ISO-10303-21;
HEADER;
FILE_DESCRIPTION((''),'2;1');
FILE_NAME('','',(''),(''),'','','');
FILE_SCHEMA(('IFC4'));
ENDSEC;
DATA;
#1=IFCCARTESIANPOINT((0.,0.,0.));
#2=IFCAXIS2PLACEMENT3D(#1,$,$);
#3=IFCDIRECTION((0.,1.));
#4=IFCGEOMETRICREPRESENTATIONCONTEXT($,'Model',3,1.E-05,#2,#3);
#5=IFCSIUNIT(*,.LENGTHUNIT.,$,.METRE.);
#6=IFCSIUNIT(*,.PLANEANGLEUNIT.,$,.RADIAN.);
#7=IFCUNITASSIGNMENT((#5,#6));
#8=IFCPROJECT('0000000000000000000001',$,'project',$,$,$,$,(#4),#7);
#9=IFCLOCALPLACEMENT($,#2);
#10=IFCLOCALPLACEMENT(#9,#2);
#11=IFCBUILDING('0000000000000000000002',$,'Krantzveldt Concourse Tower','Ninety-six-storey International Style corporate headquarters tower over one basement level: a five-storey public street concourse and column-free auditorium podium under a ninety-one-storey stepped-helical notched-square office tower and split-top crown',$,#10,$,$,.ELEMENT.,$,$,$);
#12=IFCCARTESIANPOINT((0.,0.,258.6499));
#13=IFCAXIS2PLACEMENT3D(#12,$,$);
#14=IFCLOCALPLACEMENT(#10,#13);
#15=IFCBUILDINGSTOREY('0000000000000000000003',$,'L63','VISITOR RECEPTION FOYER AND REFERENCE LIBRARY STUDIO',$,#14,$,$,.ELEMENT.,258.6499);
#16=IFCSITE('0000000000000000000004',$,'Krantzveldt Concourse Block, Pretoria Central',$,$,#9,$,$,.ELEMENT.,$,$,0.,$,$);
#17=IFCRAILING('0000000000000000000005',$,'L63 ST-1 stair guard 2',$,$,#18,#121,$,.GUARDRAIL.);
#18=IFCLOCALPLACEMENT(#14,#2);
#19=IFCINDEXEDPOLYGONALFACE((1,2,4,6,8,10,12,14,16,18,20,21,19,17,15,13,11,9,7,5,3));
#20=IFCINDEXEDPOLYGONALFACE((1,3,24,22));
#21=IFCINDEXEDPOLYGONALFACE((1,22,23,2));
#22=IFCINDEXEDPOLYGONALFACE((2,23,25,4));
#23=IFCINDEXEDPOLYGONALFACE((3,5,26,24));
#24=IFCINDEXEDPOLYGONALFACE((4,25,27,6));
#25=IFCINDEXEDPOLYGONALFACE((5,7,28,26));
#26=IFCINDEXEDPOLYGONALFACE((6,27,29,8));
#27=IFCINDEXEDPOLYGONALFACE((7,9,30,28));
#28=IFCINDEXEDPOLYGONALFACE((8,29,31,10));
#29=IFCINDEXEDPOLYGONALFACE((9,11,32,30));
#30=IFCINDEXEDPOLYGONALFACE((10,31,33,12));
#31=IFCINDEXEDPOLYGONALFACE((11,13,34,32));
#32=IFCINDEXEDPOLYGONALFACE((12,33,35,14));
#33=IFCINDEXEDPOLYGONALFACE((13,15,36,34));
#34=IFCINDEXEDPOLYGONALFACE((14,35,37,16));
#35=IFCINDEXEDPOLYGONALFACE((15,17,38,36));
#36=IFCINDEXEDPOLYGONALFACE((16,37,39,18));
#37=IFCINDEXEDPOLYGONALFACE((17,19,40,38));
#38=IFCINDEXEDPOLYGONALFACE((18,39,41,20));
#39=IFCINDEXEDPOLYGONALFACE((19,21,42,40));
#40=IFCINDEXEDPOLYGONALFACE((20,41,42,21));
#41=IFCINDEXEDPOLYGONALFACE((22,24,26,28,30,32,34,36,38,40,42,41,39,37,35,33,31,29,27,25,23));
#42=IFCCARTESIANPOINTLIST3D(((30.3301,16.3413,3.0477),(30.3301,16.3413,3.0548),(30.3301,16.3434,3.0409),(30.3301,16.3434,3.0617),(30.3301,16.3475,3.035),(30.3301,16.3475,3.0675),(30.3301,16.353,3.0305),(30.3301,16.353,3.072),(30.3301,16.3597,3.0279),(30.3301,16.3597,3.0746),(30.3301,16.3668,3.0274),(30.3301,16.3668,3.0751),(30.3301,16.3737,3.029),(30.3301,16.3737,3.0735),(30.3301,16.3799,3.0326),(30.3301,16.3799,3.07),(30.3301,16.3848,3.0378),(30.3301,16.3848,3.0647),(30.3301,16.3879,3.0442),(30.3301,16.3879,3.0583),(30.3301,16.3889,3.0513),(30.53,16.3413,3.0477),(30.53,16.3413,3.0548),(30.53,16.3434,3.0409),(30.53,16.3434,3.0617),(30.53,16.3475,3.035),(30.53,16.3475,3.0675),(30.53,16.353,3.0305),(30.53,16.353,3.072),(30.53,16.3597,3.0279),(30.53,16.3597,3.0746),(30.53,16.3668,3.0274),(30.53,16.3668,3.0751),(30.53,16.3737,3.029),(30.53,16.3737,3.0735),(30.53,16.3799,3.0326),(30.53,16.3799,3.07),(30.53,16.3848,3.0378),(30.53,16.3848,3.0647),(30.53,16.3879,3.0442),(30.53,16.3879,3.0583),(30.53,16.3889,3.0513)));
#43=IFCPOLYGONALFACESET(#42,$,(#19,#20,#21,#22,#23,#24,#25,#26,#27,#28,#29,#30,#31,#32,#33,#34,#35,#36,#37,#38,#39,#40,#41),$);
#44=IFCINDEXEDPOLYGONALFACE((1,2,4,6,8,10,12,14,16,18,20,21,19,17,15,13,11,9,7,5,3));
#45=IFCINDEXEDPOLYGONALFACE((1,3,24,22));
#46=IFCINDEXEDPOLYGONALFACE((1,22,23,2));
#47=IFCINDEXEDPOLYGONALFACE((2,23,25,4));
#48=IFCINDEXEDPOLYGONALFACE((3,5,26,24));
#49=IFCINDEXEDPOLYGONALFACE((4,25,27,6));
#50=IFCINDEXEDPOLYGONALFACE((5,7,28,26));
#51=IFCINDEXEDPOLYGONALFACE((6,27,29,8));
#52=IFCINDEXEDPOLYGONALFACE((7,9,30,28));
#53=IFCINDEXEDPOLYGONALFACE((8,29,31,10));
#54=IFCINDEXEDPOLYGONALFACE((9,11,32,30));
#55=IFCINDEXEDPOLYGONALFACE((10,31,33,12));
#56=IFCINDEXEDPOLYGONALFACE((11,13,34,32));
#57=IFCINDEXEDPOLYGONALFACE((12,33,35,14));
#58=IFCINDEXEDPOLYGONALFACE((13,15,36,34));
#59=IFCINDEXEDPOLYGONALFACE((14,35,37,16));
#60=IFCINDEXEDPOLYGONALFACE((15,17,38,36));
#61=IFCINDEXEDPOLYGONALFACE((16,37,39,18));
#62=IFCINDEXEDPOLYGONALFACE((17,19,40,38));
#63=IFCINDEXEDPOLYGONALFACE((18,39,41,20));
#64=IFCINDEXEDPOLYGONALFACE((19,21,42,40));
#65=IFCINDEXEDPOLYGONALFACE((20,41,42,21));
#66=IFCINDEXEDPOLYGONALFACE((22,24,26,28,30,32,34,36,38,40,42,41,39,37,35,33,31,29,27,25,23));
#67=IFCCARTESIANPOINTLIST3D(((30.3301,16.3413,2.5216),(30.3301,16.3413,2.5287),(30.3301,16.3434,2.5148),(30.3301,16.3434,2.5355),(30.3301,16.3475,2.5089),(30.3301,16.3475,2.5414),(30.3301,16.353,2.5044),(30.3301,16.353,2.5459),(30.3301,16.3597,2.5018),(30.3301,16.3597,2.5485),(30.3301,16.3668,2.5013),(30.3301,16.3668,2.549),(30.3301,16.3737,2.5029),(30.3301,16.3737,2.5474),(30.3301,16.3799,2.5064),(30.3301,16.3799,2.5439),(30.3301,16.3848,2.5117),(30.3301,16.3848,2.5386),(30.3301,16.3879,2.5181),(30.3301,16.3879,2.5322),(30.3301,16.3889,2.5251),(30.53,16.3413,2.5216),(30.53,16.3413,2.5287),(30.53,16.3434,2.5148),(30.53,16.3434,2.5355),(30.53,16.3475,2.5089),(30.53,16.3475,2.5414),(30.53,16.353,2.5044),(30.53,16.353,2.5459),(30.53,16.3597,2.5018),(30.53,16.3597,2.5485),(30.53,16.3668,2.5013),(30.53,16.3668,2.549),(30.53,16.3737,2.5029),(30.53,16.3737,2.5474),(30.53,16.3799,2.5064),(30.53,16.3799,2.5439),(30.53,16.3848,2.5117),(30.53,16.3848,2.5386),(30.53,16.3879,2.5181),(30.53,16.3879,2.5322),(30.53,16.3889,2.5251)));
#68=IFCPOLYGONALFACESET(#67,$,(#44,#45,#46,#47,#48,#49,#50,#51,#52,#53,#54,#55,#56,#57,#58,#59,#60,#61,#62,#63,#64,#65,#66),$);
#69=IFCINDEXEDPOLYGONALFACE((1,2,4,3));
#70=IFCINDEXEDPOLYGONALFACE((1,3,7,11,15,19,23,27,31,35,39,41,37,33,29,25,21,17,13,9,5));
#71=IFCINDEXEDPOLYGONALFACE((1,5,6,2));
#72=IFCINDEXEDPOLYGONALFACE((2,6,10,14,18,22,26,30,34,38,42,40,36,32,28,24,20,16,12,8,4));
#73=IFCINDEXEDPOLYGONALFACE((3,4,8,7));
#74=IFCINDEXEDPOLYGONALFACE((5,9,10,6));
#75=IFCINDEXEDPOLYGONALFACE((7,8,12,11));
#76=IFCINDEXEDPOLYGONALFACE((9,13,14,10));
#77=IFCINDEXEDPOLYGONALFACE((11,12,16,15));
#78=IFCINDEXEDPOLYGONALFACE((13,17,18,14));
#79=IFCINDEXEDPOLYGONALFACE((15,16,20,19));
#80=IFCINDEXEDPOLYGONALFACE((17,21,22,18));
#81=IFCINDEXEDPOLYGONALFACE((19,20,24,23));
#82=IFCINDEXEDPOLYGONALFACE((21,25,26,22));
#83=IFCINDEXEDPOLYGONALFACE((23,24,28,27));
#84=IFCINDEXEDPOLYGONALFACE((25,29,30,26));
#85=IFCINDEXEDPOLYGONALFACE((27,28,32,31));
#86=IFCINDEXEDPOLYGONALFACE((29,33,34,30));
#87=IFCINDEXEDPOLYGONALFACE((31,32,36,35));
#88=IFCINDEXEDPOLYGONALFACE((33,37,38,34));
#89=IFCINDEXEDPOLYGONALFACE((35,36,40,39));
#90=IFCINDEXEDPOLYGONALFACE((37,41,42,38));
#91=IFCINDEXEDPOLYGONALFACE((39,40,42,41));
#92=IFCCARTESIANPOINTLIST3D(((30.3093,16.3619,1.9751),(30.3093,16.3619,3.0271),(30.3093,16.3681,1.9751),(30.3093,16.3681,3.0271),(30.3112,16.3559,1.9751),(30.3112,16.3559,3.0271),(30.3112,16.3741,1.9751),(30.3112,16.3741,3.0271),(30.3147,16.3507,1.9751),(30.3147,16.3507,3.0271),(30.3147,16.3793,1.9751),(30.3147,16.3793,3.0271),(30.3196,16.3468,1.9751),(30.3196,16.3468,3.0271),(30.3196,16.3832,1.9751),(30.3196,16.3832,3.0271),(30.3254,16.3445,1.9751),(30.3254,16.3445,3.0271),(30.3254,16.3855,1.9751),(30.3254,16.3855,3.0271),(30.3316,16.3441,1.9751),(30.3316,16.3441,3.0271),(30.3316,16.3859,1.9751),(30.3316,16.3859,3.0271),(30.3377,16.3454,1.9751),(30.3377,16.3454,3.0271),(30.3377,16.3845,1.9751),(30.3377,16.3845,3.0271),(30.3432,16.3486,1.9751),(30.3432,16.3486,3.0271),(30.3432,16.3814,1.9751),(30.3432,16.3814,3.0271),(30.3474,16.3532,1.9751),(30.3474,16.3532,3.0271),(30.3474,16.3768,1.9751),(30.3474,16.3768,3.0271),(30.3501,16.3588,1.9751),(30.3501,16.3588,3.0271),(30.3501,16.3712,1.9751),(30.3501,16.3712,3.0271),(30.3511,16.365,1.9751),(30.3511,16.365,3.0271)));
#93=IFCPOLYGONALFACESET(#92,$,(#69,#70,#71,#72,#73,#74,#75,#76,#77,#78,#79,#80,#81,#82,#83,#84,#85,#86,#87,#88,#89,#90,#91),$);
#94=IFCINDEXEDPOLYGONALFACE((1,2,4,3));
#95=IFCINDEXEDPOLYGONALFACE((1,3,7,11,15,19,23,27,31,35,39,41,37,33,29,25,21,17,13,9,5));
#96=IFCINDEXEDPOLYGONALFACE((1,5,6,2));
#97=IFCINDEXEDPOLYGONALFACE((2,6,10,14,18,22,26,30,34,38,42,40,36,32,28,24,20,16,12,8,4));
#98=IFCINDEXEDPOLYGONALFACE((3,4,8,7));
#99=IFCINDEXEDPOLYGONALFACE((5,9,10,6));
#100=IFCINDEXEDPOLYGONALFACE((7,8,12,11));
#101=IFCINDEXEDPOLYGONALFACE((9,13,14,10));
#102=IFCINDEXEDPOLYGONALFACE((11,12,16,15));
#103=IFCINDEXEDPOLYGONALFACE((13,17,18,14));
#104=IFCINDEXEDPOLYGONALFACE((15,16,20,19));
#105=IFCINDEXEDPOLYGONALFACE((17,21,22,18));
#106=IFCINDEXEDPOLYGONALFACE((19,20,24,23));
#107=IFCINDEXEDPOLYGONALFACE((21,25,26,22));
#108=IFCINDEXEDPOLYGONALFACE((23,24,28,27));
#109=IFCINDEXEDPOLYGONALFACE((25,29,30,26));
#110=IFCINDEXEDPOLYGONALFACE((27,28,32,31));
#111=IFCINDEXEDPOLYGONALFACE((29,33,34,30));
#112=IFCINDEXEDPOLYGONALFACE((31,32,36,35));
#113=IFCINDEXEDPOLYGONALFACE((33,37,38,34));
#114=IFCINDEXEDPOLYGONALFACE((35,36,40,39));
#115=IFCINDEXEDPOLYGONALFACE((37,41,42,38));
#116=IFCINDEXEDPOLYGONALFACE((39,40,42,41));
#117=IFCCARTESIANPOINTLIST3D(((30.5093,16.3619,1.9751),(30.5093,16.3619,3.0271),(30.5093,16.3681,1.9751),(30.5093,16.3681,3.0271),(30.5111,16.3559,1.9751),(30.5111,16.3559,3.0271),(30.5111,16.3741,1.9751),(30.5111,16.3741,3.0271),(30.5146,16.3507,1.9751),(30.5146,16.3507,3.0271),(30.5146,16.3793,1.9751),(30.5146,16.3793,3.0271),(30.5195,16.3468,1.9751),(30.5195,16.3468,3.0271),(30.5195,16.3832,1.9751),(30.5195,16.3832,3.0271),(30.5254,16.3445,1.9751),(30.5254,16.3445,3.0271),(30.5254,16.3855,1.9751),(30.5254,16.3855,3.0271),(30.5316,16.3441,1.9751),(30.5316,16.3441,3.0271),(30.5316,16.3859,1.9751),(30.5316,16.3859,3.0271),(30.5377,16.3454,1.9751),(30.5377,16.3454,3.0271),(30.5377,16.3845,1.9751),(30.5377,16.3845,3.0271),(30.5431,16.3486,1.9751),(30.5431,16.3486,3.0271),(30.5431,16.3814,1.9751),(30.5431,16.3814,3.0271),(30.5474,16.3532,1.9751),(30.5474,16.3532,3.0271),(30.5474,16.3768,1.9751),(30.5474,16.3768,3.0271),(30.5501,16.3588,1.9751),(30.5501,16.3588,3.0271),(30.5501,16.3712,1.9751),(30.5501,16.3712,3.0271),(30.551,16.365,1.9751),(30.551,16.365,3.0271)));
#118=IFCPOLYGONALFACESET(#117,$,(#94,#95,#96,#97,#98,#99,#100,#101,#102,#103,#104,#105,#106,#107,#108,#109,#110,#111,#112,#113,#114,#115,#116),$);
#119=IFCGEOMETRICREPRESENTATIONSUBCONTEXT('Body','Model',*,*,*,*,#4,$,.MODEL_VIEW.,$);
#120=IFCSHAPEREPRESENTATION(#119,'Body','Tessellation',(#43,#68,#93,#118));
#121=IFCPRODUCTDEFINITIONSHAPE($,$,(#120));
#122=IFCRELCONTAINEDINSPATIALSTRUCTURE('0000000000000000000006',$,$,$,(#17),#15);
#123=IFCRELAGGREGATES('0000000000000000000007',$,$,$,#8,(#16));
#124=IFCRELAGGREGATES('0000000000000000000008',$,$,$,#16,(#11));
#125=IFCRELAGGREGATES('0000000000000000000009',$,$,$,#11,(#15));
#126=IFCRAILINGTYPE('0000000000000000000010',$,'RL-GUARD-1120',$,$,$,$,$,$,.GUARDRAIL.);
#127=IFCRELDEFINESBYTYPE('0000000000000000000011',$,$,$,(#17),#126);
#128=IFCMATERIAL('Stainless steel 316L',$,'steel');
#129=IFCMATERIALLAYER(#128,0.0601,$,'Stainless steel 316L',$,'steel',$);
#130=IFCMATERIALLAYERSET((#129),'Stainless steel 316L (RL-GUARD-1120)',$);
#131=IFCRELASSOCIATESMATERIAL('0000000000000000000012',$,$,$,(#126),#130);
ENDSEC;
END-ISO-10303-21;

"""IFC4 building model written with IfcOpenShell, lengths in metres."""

from ifc_helpers import new_model, si_unit, direction, frame, origin, origin_2d, place, context, subcontext, project, spatial, circle, extrude, material, layer, layer_set, type_object, element, save


model = new_model("IFC4")

# Units and contexts
model_context = context("Model", 3, precision=1e-05, world=origin(), true_north=direction((0.0, 1.0)))
body_context = subcontext(model_context, "Body", "Model", "MODEL_VIEW")
ifc_project = project(units=[si_unit("LENGTHUNIT", "METRE"), si_unit("PLANEANGLEUNIT", "RADIAN")], contexts=[model_context])

# Site, building, storey
site_placement = place(None, origin())
site = spatial("IfcSite", under=ifc_project, at=site_placement, Name="Krantzveldt Concourse Block, Pretoria Central", CompositionType="ELEMENT", RefElevation=0.0)
building_placement = place(site_placement, origin())
building = spatial("IfcBuilding", under=site, at=building_placement, Name="Krantzveldt Concourse Tower", Description="Ninety-six-storey International Style corporate headquarters tower over one basement level: a five-storey public street concourse and column-free auditorium podium under a ninety-one-storey stepped-helical notched-square office tower and split-top crown", CompositionType="ELEMENT")
storey_placement = place(building_placement, frame((0.0, 0.0, 258.6499)))
storey = spatial("IfcBuildingStorey", under=building, at=storey_placement, Name="L63", Description="VISITOR RECEPTION FOYER AND REFERENCE LIBRARY STUDIO", CompositionType="ELEMENT", Elevation=258.6499)

# Railing
ifc_material_1 = material(Name="Stainless steel 316L", Category="steel")
ifc_layer_1 = layer(ifc_material_1, 0.0601, Name="Stainless steel 316L", Category="steel")
ifc_layer_set_1 = layer_set([ifc_layer_1], Name="Stainless steel 316L (RL-GUARD-1120)")
railing_type_1 = type_object("IfcRailingType", Name="RL-GUARD-1120", PredefinedType="GUARDRAIL", material=ifc_layer_set_1)
railing_1_placement = place(storey_placement, frame((30.3301, 16.365, 1.9751)))
element("IfcRailing", 1, at=railing_1_placement, inside=storey, type_object=railing_type_1, Name="L63 ST-1 stair guard 2", PredefinedType="GUARDRAIL", context=body_context, shape_type="SweptSolid", body=[
    extrude(circle(Radius=0.0239, at=origin_2d()), frame((0.0, 0.0, 1.0762), z_axis=(1.0, 0.0, 0.0), x_axis=(0.0, 1.0, 0.0)), (0.0, 0.0, 1.0), 0.2),
    extrude(circle(Radius=0.0239, at=origin_2d()), frame((0.0, 0.0, 0.55), z_axis=(1.0, 0.0, 0.0), x_axis=(0.0, 1.0, 0.0)), (0.0, 0.0, 1.0), 0.2),
    extrude(circle(Radius=0.021, at=origin_2d()), origin(), (0.0, 0.0, 1.0), 1.052),
    extrude(circle(Radius=0.021, at=origin_2d()), frame((0.2, 0.0, 0.0)), (0.0, 0.0, 1.0), 1.052),
])

save(model, "model.ifc")
